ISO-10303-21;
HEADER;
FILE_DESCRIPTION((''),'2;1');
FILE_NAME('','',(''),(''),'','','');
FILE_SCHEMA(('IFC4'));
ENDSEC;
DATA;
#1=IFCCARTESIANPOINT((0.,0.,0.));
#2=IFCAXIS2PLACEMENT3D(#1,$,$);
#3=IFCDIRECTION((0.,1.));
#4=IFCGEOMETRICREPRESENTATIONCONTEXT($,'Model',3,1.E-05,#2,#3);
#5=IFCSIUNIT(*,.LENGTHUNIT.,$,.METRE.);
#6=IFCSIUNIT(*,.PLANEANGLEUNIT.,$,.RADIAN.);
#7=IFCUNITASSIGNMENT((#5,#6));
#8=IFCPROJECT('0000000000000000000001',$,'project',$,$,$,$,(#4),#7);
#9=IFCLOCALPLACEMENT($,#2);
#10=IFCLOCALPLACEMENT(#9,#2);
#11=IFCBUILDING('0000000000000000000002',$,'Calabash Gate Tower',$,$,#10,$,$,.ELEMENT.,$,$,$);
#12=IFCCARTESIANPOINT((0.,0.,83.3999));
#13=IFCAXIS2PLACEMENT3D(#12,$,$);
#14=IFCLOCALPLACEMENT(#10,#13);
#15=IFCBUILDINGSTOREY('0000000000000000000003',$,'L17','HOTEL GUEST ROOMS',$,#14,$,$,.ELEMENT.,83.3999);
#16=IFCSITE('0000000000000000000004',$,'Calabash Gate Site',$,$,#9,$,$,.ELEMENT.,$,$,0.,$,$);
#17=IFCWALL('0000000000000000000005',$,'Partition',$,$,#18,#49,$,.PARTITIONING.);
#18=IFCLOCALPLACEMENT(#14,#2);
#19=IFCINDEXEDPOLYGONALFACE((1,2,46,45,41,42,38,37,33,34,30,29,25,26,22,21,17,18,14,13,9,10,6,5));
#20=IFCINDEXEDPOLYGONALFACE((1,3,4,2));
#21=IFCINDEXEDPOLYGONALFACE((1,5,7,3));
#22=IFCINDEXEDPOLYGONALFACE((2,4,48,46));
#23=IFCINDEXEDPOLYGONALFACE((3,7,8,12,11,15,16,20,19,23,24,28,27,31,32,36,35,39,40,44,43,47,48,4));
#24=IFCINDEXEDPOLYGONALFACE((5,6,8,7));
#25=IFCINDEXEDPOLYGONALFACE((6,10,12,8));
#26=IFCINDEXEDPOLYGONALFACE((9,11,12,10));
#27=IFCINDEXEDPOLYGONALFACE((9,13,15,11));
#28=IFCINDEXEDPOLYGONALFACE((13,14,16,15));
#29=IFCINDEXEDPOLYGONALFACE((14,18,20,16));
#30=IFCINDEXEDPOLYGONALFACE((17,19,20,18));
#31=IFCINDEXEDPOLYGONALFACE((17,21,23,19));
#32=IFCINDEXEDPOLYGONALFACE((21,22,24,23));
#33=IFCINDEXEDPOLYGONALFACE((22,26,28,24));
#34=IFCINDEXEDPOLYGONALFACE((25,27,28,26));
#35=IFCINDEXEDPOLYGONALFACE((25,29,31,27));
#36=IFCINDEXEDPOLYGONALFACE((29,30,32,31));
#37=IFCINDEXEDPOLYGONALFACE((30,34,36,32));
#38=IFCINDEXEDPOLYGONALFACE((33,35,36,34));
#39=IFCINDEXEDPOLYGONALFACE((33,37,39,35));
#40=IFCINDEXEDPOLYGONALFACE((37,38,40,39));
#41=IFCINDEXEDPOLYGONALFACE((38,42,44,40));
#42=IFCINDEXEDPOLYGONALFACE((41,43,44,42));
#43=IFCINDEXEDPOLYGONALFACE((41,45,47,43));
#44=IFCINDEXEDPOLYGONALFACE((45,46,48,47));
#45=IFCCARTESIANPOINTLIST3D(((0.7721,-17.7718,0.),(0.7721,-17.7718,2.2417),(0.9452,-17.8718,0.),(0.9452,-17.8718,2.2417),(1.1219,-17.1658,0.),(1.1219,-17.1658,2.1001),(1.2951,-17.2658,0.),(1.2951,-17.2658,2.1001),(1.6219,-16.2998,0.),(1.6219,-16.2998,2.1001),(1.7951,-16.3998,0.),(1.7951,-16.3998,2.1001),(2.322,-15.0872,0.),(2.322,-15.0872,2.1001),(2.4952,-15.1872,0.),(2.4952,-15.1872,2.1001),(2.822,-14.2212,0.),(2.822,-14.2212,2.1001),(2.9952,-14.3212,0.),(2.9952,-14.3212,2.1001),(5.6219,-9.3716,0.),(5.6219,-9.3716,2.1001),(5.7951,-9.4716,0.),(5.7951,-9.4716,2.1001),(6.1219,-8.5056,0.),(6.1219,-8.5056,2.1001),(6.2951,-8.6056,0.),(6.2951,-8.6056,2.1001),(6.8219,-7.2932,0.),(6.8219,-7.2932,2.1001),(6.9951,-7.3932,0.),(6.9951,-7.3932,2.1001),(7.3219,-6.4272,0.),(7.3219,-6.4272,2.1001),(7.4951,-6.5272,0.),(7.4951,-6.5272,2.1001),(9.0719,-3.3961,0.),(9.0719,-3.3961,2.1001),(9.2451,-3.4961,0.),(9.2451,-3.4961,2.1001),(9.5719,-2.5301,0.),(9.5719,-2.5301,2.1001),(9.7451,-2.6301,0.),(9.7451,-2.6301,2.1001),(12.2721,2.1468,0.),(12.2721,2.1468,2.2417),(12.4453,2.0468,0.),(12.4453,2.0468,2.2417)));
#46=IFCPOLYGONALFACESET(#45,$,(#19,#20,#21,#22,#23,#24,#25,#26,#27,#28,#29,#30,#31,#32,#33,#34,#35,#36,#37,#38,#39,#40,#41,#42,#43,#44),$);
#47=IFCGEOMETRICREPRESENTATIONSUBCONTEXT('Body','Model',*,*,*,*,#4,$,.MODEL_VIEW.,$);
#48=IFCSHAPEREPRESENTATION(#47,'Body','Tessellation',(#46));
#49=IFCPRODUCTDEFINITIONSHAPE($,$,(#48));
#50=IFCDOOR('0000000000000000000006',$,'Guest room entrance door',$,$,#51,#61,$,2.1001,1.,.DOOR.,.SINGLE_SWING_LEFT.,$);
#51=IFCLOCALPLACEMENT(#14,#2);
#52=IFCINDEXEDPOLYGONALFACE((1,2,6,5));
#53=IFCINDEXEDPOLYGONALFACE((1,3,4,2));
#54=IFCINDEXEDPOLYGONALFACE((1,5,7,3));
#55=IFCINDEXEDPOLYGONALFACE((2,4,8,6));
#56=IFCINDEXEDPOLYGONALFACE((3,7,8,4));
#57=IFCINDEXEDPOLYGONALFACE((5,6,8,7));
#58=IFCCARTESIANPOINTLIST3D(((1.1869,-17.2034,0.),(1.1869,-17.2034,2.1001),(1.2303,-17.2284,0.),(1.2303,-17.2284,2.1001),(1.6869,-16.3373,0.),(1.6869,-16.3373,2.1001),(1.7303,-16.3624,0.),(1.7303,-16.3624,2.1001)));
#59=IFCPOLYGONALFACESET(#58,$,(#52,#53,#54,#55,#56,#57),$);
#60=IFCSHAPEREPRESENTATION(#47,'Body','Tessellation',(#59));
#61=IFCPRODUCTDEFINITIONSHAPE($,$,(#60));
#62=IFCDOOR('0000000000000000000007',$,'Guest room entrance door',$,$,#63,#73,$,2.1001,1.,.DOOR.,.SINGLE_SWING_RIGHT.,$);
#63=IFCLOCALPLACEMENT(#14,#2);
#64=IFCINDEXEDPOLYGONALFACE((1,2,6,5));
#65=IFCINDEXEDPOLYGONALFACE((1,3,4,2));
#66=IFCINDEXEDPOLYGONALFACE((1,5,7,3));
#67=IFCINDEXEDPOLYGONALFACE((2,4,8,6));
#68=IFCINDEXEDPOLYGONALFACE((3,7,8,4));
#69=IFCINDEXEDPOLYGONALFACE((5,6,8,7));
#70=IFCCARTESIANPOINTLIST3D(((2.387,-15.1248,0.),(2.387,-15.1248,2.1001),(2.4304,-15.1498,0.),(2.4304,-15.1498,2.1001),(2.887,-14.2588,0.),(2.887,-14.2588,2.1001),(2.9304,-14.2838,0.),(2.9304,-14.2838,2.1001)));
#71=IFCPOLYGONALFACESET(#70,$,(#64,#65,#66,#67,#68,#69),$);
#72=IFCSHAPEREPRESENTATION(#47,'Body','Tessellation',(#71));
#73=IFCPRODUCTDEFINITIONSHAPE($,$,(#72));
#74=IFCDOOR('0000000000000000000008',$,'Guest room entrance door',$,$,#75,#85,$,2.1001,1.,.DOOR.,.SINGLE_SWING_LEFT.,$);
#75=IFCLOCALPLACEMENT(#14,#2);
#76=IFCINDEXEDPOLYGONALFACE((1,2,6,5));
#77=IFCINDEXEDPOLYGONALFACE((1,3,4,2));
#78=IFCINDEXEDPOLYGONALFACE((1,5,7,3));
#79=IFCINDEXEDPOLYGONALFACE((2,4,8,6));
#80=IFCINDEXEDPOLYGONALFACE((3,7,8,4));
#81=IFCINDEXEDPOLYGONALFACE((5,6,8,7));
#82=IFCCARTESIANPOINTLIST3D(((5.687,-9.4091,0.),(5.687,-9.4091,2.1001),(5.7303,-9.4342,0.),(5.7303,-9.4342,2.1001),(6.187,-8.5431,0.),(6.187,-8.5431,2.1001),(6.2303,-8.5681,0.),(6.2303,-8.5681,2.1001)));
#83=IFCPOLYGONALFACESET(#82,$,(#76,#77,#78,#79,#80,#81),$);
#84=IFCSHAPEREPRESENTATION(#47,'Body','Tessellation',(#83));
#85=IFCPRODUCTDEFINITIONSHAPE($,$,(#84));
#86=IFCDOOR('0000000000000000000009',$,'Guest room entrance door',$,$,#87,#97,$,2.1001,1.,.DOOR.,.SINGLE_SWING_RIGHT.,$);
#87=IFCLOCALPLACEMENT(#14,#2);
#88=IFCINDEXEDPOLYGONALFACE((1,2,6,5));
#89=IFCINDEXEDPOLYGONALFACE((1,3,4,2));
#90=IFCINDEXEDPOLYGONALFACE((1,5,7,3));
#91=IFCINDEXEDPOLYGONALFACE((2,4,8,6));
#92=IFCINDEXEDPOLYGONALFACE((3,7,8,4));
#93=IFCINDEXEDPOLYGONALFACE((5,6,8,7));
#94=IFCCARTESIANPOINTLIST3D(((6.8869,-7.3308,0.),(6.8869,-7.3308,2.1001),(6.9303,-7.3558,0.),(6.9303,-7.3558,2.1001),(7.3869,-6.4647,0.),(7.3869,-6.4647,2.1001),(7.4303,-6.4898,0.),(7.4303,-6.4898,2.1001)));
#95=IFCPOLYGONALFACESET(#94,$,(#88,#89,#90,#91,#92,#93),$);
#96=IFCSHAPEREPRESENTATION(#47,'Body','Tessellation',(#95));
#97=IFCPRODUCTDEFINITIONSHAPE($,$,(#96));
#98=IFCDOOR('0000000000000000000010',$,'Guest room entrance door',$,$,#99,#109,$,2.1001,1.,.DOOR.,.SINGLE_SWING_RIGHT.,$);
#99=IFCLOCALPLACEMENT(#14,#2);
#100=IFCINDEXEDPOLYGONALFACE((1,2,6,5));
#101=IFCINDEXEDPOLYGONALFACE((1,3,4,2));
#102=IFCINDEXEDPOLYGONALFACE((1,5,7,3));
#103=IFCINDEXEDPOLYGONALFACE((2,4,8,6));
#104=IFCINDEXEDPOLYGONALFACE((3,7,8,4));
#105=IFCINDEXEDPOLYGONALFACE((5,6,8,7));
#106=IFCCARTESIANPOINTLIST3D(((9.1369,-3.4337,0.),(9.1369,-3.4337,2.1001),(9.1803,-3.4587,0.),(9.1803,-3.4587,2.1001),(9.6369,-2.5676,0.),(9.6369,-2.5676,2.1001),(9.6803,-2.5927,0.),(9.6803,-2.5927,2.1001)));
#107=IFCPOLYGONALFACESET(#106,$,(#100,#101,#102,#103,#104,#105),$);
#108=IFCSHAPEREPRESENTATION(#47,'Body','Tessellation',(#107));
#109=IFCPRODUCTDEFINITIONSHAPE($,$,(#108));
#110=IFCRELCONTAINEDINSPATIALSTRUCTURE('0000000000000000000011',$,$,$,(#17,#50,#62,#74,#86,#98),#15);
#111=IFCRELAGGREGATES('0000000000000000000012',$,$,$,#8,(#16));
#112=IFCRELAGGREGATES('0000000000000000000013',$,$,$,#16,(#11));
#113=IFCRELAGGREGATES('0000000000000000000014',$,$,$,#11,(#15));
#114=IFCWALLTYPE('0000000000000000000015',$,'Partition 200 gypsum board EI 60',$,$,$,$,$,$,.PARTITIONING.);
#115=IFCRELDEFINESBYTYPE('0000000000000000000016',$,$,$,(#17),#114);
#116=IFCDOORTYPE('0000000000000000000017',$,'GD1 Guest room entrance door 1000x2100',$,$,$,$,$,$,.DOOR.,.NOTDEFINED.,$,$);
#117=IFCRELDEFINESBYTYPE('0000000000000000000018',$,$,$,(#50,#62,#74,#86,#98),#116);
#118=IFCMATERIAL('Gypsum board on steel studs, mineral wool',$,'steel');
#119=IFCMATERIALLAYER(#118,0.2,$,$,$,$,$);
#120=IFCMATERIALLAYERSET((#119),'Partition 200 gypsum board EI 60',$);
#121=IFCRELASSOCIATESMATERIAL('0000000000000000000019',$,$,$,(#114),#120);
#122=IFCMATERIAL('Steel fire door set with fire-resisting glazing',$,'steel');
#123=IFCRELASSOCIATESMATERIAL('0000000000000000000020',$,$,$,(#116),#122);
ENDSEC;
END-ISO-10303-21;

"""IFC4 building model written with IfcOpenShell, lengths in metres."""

from ifc_helpers import new_model, si_unit, direction, frame, frame_2d, origin, place, context, subcontext, project, spatial, rectangle, extrude, material, layer, layer_set, type_object, element, fill, save


model = new_model("IFC4")

# Units and contexts
model_context = context("Model", 3, precision=1e-05, world=origin(), true_north=direction((0.0, 1.0)))
body_context = subcontext(model_context, "Body", "Model", "MODEL_VIEW")
ifc_project = project(units=[si_unit("LENGTHUNIT", "METRE"), si_unit("PLANEANGLEUNIT", "RADIAN")], contexts=[model_context])

# Site, building, storey
site_placement = place(None, origin())
site = spatial("IfcSite", under=ifc_project, at=site_placement, Name="Calabash Gate Site", CompositionType="ELEMENT", RefElevation=0.0)
building_placement = place(site_placement, origin())
building = spatial("IfcBuilding", under=site, at=building_placement, Name="Calabash Gate Tower", CompositionType="ELEMENT")
storey_placement = place(building_placement, frame((0.0, 0.0, 83.3999)))
storey = spatial("IfcBuildingStorey", under=building, at=storey_placement, Name="L17", Description="HOTEL GUEST ROOMS", CompositionType="ELEMENT", Elevation=83.3999)

# Shared definitions
ifc_material_1 = material(Name="Gypsum board on steel studs, mineral wool", Category="steel")
ifc_layer_1 = layer(ifc_material_1, 0.2)
ifc_layer_set_1 = layer_set([ifc_layer_1], Name="Partition 200 gypsum board EI 60")
wall_type_1 = type_object("IfcWallType", Name="Partition 200 gypsum board EI 60", PredefinedType="PARTITIONING", material=ifc_layer_set_1)

# Wall, openings, doors
wall_1_placement = place(storey_placement, frame((0.8586, -17.8218, 0.0), z_axis=(0.0, 0.0, 1.0), x_axis=(0.500002, 0.866024, 0.0)))
wall_1 = element("IfcWall", 1, at=wall_1_placement, inside=storey, type_object=wall_type_1, Name="Partition", PredefinedType="PARTITIONING", context=body_context, shape_type="SweptSolid", body=[
    extrude(rectangle(XDim=23.0, YDim=0.2, at=frame_2d((11.5, 0.0))), origin(), (0.0, 0.0, 1.0), 2.2417),
])
opening_1_placement = place(wall_1_placement, frame((0.6997, 0.0, 0.0)))
opening_1 = element("IfcOpeningElement", 2, at=opening_1_placement, cuts=wall_1, PredefinedType="OPENING", context=body_context, shape_type="SweptSolid", body=[
    extrude(rectangle(XDim=1.0, YDim=2.1001, at=frame_2d((0.5, 1.05))), frame((0.0, 0.1099, 0.0), z_axis=(0.0, -1.0, 0.0), x_axis=(1.0, 0.0, 0.0)), (0.0, 0.0, 1.0), 0.22),
])
opening_2_placement = place(wall_1_placement, frame((3.0999, 0.0, 0.0)))
opening_2 = element("IfcOpeningElement", 3, at=opening_2_placement, cuts=wall_1, PredefinedType="OPENING", context=body_context, shape_type="SweptSolid", body=[
    extrude(rectangle(XDim=1.0, YDim=2.1001, at=frame_2d((0.5, 1.05))), frame((0.0, 0.1099, 0.0), z_axis=(0.0, -1.0, 0.0), x_axis=(1.0, 0.0, 0.0)), (0.0, 0.0, 1.0), 0.22),
])
opening_3_placement = place(wall_1_placement, frame((9.6997, 0.0, 0.0)))
opening_3 = element("IfcOpeningElement", 4, at=opening_3_placement, cuts=wall_1, PredefinedType="OPENING", context=body_context, shape_type="SweptSolid", body=[
    extrude(rectangle(XDim=1.0, YDim=2.1001, at=frame_2d((0.5, 1.05))), frame((0.0, 0.1099, 0.0), z_axis=(0.0, -1.0, 0.0), x_axis=(1.0, 0.0, 0.0)), (0.0, 0.0, 1.0), 0.22),
])
opening_4_placement = place(wall_1_placement, frame((12.0996, 0.0, 0.0)))
opening_4 = element("IfcOpeningElement", 5, at=opening_4_placement, cuts=wall_1, PredefinedType="OPENING", context=body_context, shape_type="SweptSolid", body=[
    extrude(rectangle(XDim=1.0, YDim=2.1001, at=frame_2d((0.5, 1.05))), frame((0.0, 0.1099, 0.0), z_axis=(0.0, -1.0, 0.0), x_axis=(1.0, 0.0, 0.0)), (0.0, 0.0, 1.0), 0.22),
])
opening_5_placement = place(wall_1_placement, frame((16.5996, 0.0, 0.0)))
opening_5 = element("IfcOpeningElement", 6, at=opening_5_placement, cuts=wall_1, PredefinedType="OPENING", context=body_context, shape_type="SweptSolid", body=[
    extrude(rectangle(XDim=1.0, YDim=2.1001, at=frame_2d((0.5, 1.05))), frame((0.0, 0.1099, 0.0), z_axis=(0.0, -1.0, 0.0), x_axis=(1.0, 0.0, 0.0)), (0.0, 0.0, 1.0), 0.22),
])
ifc_material_2 = material(Name="Steel fire door set with fire-resisting glazing", Category="steel")
door_type_1 = type_object("IfcDoorType", Name="GD1 Guest room entrance door 1000x2100", OperationType="NOTDEFINED", PredefinedType="DOOR", material=ifc_material_2)
door_1_placement = place(opening_1_placement, origin())
door_1 = element("IfcDoor", 7, at=door_1_placement, inside=storey, type_object=door_type_1, Name="Guest room entrance door", OperationType="SINGLE_SWING_LEFT", OverallHeight=2.1001, OverallWidth=1.0, PredefinedType="DOOR", context=body_context, shape_type="SweptSolid", body=[
    extrude(rectangle(XDim=1.0, YDim=2.1001, at=frame_2d((0.5, 1.05))), frame((0.0, 0.0249, 0.0), z_axis=(0.0, -1.0, 0.0), x_axis=(1.0, 0.0, 0.0)), (0.0, 0.0, 1.0), 0.05),
])
fill(opening_1, door_1)
door_2_placement = place(opening_2_placement, origin())
door_2 = element("IfcDoor", 8, at=door_2_placement, inside=storey, type_object=door_type_1, Name="Guest room entrance door", OperationType="SINGLE_SWING_RIGHT", OverallHeight=2.1001, OverallWidth=1.0, PredefinedType="DOOR", context=body_context, shape_type="SweptSolid", body=[
    extrude(rectangle(XDim=1.0, YDim=2.1001, at=frame_2d((0.5, 1.05))), frame((0.0, 0.0249, 0.0), z_axis=(0.0, -1.0, 0.0), x_axis=(1.0, 0.0, 0.0)), (0.0, 0.0, 1.0), 0.05),
])
fill(opening_2, door_2)
door_3_placement = place(opening_3_placement, origin())
door_3 = element("IfcDoor", 9, at=door_3_placement, inside=storey, type_object=door_type_1, Name="Guest room entrance door", OperationType="SINGLE_SWING_LEFT", OverallHeight=2.1001, OverallWidth=1.0, PredefinedType="DOOR", context=body_context, shape_type="SweptSolid", body=[
    extrude(rectangle(XDim=1.0, YDim=2.1001, at=frame_2d((0.5, 1.05))), frame((0.0, 0.0249, 0.0), z_axis=(0.0, -1.0, 0.0), x_axis=(1.0, 0.0, 0.0)), (0.0, 0.0, 1.0), 0.05),
])
fill(opening_3, door_3)
door_4_placement = place(opening_4_placement, origin())
door_4 = element("IfcDoor", 10, at=door_4_placement, inside=storey, type_object=door_type_1, Name="Guest room entrance door", OperationType="SINGLE_SWING_RIGHT", OverallHeight=2.1001, OverallWidth=1.0, PredefinedType="DOOR", context=body_context, shape_type="SweptSolid", body=[
    extrude(rectangle(XDim=1.0, YDim=2.1001, at=frame_2d((0.5, 1.05))), frame((0.0, 0.0249, 0.0), z_axis=(0.0, -1.0, 0.0), x_axis=(1.0, 0.0, 0.0)), (0.0, 0.0, 1.0), 0.05),
])
fill(opening_4, door_4)
door_5_placement = place(opening_5_placement, origin())
door_5 = element("IfcDoor", 11, at=door_5_placement, inside=storey, type_object=door_type_1, Name="Guest room entrance door", OperationType="SINGLE_SWING_RIGHT", OverallHeight=2.1001, OverallWidth=1.0, PredefinedType="DOOR", context=body_context, shape_type="SweptSolid", body=[
    extrude(rectangle(XDim=1.0, YDim=2.1001, at=frame_2d((0.5, 1.05))), frame((0.0, 0.0249, 0.0), z_axis=(0.0, -1.0, 0.0), x_axis=(1.0, 0.0, 0.0)), (0.0, 0.0, 1.0), 0.05),
])
fill(opening_5, door_5)

save(model, "model.ifc")
